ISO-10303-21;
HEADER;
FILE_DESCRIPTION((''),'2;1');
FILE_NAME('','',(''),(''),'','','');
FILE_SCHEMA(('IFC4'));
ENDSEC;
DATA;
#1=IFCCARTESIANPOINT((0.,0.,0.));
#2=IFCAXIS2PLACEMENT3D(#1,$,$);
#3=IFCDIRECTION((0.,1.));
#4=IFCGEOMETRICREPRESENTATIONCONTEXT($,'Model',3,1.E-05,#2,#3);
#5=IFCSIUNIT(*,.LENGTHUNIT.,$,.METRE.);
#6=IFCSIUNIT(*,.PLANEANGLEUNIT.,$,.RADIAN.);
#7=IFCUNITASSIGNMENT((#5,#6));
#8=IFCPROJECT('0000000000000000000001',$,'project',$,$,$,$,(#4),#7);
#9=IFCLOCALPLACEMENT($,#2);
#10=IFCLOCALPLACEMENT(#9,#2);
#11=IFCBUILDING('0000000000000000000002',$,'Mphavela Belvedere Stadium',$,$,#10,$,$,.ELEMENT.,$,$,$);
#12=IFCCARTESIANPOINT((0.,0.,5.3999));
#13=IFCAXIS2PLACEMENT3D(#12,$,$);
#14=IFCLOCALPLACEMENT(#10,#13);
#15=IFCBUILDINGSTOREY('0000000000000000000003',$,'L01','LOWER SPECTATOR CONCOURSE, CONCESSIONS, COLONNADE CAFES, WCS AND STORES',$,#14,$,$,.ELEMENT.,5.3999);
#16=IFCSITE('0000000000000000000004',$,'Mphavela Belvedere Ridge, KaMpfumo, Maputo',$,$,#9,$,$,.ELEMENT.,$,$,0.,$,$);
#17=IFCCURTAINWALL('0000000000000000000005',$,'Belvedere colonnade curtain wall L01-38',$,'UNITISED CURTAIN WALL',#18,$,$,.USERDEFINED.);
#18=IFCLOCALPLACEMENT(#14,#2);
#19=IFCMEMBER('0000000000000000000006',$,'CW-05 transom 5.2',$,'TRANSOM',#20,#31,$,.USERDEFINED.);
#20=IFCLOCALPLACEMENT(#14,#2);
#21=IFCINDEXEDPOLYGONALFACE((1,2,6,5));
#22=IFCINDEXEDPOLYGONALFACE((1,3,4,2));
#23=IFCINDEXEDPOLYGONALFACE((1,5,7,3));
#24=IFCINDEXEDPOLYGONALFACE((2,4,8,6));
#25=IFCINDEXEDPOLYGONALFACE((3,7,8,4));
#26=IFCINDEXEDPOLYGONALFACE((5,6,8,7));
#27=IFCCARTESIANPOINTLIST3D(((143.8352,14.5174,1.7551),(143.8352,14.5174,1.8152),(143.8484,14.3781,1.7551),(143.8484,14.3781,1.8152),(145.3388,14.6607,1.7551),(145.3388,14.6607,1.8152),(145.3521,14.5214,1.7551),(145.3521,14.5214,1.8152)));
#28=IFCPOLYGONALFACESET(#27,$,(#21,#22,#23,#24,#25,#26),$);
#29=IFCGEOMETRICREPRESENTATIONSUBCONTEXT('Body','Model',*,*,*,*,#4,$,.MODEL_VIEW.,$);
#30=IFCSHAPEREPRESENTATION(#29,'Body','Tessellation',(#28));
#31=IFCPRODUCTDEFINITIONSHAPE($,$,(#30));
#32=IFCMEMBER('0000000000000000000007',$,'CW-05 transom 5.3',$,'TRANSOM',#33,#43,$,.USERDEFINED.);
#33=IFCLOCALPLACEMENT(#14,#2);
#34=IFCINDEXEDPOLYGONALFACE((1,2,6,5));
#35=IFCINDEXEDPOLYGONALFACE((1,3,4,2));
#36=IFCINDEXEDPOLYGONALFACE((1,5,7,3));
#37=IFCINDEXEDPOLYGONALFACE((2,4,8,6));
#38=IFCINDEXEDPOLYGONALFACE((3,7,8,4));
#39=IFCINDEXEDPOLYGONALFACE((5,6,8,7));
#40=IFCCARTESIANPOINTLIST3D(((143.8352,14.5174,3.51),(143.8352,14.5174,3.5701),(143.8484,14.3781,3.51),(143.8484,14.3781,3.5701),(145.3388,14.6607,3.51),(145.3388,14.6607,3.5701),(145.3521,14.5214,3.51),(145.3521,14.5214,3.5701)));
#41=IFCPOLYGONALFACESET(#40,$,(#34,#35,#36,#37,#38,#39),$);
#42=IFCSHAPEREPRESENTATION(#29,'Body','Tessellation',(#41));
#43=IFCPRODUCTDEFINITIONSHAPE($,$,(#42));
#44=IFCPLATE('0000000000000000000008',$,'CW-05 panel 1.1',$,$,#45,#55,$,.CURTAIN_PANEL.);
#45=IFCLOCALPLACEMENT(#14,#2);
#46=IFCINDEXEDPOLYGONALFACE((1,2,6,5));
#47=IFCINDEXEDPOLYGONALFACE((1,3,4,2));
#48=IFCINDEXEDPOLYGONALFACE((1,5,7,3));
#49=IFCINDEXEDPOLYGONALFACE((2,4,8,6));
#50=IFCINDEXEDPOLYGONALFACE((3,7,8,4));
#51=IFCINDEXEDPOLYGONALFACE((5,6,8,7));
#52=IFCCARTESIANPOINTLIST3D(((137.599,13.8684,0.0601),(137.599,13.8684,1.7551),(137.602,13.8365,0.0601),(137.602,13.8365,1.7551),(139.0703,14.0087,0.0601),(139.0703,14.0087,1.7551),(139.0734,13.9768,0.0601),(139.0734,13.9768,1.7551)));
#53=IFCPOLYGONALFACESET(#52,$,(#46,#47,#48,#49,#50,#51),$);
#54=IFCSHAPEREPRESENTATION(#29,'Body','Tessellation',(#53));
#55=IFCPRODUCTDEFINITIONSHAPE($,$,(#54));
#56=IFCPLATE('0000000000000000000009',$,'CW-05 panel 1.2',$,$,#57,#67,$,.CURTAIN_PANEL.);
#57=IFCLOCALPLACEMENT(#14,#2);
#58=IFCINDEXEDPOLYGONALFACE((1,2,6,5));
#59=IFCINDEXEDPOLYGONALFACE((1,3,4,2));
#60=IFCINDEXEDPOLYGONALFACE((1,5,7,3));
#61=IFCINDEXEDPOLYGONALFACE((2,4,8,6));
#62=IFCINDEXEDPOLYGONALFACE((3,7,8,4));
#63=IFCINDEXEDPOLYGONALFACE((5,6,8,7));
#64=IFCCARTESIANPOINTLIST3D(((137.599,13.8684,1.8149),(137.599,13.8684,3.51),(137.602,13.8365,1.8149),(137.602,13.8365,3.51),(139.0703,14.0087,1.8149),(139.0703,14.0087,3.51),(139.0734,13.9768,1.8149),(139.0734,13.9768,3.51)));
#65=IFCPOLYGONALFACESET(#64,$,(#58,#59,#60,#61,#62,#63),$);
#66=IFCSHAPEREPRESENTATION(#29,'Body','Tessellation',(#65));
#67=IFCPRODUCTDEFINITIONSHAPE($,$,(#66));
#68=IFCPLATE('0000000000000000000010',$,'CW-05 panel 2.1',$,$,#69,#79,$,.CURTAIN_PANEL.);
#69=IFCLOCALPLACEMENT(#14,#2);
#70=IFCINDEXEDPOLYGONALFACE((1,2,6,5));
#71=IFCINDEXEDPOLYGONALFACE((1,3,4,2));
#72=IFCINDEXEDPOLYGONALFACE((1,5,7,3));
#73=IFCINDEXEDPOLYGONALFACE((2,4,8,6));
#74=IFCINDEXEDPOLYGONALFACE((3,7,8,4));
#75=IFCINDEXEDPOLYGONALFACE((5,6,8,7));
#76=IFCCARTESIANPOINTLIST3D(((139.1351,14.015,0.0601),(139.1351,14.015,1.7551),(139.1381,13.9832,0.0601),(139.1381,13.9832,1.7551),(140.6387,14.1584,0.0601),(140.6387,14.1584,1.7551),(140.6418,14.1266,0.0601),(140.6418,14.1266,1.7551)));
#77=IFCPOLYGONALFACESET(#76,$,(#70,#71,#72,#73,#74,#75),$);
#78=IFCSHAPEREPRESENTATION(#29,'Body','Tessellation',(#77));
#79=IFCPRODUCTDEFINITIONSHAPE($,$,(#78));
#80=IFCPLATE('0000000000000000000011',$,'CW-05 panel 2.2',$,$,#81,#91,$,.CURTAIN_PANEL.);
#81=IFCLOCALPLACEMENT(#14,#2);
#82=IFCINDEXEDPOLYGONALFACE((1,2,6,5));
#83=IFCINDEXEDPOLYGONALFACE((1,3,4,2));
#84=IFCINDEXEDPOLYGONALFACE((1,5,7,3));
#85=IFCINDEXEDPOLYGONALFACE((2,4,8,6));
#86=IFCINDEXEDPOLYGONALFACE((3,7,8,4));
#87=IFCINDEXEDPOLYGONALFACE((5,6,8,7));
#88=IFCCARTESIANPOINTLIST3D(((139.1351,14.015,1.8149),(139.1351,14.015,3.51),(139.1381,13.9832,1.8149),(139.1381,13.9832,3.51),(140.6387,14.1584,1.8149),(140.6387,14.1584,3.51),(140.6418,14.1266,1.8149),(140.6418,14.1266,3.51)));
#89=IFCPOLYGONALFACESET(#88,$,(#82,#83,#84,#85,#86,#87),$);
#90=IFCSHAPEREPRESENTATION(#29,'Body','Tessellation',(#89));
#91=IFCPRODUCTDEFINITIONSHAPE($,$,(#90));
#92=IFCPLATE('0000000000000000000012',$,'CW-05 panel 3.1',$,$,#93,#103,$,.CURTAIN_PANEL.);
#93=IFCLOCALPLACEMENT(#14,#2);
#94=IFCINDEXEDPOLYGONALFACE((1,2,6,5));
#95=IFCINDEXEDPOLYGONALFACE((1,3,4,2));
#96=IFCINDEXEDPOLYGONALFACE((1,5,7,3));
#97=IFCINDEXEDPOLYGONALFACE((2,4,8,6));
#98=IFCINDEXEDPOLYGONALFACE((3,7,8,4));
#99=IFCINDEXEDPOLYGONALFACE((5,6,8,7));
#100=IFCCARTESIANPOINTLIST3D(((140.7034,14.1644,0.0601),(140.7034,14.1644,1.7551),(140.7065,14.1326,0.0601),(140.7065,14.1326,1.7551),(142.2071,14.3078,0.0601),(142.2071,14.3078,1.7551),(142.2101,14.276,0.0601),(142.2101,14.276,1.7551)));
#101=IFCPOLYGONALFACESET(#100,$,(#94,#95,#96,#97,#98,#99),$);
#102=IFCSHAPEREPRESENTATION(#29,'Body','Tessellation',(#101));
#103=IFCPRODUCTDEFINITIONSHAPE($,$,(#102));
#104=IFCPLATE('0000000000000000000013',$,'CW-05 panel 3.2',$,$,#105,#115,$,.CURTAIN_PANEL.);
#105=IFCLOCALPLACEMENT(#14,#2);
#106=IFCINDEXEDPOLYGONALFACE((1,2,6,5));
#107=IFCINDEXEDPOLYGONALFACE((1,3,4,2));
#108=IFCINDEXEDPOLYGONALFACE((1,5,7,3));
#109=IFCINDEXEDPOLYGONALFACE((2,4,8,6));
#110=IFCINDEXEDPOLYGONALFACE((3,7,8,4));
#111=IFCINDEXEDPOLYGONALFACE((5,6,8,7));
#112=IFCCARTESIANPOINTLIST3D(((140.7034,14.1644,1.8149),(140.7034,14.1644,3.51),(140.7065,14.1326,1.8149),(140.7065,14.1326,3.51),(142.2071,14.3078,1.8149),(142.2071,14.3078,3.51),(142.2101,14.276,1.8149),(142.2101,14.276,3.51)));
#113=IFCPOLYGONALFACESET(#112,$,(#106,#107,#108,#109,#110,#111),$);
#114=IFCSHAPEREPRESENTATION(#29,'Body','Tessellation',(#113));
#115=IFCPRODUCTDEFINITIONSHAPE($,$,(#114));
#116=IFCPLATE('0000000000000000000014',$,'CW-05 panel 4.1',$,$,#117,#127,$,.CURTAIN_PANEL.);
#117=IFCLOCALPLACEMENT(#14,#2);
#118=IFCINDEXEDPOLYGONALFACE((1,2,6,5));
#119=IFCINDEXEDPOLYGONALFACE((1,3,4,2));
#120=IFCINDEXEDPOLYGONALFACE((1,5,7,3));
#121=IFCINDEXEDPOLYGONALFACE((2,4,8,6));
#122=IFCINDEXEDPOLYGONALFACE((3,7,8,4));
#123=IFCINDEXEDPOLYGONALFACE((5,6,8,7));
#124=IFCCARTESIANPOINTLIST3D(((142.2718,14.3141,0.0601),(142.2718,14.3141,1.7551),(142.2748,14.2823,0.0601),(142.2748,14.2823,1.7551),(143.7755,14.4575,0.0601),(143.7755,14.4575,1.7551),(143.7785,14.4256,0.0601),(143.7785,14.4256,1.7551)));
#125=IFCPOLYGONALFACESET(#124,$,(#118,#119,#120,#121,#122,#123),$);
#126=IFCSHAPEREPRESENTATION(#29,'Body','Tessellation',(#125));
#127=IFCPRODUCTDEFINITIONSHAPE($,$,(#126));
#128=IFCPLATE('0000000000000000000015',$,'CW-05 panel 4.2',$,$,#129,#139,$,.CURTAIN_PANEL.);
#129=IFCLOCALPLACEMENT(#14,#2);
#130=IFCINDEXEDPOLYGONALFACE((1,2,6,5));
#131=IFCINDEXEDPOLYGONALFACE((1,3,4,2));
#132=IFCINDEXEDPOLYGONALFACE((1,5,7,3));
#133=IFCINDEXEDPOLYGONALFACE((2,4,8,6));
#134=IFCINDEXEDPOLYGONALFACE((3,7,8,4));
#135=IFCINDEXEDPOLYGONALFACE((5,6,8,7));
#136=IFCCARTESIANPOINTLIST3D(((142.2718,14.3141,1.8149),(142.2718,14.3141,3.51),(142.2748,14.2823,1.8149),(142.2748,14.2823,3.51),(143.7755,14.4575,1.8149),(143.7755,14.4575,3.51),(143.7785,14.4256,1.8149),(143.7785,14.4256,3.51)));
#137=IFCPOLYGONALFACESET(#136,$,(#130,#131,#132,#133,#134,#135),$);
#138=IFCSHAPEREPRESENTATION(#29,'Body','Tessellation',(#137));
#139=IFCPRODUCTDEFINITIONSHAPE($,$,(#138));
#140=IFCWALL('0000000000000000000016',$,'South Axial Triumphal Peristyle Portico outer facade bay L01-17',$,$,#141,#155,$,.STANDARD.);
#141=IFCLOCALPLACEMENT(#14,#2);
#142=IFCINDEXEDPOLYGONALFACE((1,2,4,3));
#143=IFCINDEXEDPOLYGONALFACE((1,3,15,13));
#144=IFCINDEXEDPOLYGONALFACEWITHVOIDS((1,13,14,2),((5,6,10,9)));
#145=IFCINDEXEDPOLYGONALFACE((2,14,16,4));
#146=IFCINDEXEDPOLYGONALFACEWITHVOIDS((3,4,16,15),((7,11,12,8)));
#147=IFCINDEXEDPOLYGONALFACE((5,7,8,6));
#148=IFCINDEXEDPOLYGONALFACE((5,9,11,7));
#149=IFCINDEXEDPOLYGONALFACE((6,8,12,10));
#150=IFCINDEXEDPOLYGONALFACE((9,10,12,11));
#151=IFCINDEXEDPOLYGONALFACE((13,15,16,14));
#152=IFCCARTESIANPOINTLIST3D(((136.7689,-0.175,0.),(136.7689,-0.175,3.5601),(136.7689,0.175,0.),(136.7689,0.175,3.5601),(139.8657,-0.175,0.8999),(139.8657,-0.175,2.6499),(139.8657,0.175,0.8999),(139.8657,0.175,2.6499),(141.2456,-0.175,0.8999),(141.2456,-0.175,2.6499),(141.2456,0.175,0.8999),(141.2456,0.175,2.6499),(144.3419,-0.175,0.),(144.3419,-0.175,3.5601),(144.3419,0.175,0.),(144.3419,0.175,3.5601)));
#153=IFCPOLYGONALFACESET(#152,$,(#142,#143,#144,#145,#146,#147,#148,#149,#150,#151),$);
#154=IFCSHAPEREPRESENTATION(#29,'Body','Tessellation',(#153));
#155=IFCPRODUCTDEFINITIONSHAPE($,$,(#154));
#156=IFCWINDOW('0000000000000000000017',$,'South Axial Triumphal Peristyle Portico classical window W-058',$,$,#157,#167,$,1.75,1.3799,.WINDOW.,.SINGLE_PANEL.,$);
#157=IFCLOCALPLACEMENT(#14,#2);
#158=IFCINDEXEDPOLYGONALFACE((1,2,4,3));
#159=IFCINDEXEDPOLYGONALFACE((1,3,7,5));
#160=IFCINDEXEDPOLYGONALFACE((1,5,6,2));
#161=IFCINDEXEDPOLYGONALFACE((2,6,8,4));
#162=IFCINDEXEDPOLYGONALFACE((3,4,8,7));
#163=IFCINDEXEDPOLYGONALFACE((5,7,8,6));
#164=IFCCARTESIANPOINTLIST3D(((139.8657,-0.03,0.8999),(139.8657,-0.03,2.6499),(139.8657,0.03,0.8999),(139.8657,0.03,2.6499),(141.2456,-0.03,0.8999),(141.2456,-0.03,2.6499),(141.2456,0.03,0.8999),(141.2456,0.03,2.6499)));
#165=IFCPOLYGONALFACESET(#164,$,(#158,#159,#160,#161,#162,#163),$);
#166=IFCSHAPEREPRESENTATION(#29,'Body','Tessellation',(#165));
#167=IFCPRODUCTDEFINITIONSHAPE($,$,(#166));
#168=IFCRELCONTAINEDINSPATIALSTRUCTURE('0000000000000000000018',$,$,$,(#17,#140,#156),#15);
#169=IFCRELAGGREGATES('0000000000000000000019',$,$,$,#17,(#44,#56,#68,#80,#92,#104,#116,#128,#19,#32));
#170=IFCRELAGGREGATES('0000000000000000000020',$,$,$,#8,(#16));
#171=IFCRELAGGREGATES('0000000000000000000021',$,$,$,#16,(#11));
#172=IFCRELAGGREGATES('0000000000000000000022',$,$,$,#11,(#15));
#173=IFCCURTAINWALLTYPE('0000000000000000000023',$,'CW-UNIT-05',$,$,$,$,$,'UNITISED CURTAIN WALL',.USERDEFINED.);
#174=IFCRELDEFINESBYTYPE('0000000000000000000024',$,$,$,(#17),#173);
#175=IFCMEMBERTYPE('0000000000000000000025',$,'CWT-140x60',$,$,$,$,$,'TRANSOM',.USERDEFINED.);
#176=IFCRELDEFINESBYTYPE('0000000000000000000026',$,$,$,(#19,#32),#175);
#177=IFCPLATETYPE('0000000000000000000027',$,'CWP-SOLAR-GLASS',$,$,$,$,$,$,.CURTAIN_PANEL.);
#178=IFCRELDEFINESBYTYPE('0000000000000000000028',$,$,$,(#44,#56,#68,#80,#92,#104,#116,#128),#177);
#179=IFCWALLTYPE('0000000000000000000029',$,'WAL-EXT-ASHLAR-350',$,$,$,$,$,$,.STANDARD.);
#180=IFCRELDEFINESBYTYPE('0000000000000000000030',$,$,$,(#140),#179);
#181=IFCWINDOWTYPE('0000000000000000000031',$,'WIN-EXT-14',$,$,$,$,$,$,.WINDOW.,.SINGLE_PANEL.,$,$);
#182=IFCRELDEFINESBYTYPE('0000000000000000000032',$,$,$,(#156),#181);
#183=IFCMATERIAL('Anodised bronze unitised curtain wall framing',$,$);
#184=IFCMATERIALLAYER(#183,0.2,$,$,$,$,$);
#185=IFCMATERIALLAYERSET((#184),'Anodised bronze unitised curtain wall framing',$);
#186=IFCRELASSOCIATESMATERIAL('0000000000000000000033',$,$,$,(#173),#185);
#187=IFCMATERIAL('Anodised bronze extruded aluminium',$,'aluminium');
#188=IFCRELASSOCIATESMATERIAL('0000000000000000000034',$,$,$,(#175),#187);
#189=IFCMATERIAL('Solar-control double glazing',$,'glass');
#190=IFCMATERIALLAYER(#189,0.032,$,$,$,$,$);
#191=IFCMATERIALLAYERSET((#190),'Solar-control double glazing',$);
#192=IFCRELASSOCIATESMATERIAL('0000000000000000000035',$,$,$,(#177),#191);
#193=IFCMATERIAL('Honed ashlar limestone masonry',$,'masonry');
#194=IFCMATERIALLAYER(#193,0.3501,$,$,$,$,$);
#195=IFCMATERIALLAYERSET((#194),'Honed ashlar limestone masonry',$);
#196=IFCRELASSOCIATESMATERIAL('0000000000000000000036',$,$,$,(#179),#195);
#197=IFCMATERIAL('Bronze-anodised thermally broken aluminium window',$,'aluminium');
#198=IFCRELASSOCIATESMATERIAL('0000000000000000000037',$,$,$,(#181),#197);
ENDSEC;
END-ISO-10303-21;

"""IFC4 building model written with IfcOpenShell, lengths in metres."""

from ifc_helpers import new_model, si_unit, direction, frame, frame_2d, origin, origin_2d, place, context, subcontext, project, spatial, rectangle, extrude, material, layer, layer_set, material_profile, profile_set, type_object, element, fill, aggregate, save


model = new_model("IFC4")

# Units and contexts
model_context = context("Model", 3, precision=1e-05, world=origin(), true_north=direction((0.0, 1.0)))
body_context = subcontext(model_context, "Body", "Model", "MODEL_VIEW")
ifc_project = project(units=[si_unit("LENGTHUNIT", "METRE"), si_unit("PLANEANGLEUNIT", "RADIAN")], contexts=[model_context])

# Site, building, storey
site_placement = place(None, origin())
site = spatial("IfcSite", under=ifc_project, at=site_placement, Name="Mphavela Belvedere Ridge, KaMpfumo, Maputo", CompositionType="ELEMENT", RefElevation=0.0)
building_placement = place(site_placement, origin())
building = spatial("IfcBuilding", under=site, at=building_placement, Name="Mphavela Belvedere Stadium", CompositionType="ELEMENT")
storey_placement = place(building_placement, frame((0.0, 0.0, 5.3999)))
storey = spatial("IfcBuildingStorey", under=building, at=storey_placement, Name="L01", Description="LOWER SPECTATOR CONCOURSE, CONCESSIONS, COLONNADE CAFES, WCS AND STORES", CompositionType="ELEMENT", Elevation=5.3999)

# Curtain wall, members, plates
ifc_material_1 = material(Name="Anodised bronze unitised curtain wall framing")
ifc_layer_1 = layer(ifc_material_1, 0.2)
ifc_layer_set_1 = layer_set([ifc_layer_1], Name="Anodised bronze unitised curtain wall framing")
curtain_wall_type = type_object("IfcCurtainWallType", Name="CW-UNIT-05", ElementType="UNITISED CURTAIN WALL", PredefinedType="USERDEFINED", material=ifc_layer_set_1)
curtain_wall_placement = place(storey_placement, origin())
curtain_wall = element("IfcCurtainWall", 1, at=curtain_wall_placement, inside=storey, type_object=curtain_wall_type, Name="Belvedere colonnade curtain wall L01-38", ObjectType="UNITISED CURTAIN WALL", PredefinedType="USERDEFINED")
ifc_material_2 = material(Name="Anodised bronze extruded aluminium", Category="aluminium")
ifc_material_profile_1 = material_profile(ifc_material_2, rectangle(XDim=0.1399, YDim=0.0601, at=origin_2d()), Name="CW-TRN 140x60")
ifc_profile_set_1 = profile_set([ifc_material_profile_1], Name="Anodised bronze extruded aluminium")
member_type_1 = type_object("IfcMemberType", Name="CWT-140x60", ElementType="TRANSOM", PredefinedType="USERDEFINED", material=ifc_profile_set_1)
member_1_placement = place(storey_placement, frame((143.8418, 14.4478, 1.7852), z_axis=(0.995489, 0.094878, 0.0), x_axis=(-0.094878, 0.995489, 0.0)))
member_1 = element("IfcMember", 2, at=member_1_placement, type_object=member_type_1, Name="CW-05 transom 5.2", ObjectType="TRANSOM", PredefinedType="USERDEFINED", context=body_context, shape_type="SweptSolid", body=[
    extrude(rectangle(XDim=0.1399, YDim=0.0601, at=origin_2d()), origin(), (0.0, 0.0, 1.0), 1.5105),
])
member_2_placement = place(storey_placement, frame((143.8418, 14.4478, 3.54), z_axis=(0.995489, 0.094878, 0.0), x_axis=(-0.094878, 0.995489, 0.0)))
member_2 = element("IfcMember", 3, at=member_2_placement, type_object=member_type_1, Name="CW-05 transom 5.3", ObjectType="TRANSOM", PredefinedType="USERDEFINED", context=body_context, shape_type="SweptSolid", body=[
    extrude(rectangle(XDim=0.1399, YDim=0.0601, at=origin_2d()), origin(), (0.0, 0.0, 1.0), 1.5105),
])
ifc_material_3 = material(Name="Solar-control double glazing", Category="glass")
ifc_layer_2 = layer(ifc_material_3, 0.032)
ifc_layer_set_2 = layer_set([ifc_layer_2], Name="Solar-control double glazing")
plate_type = type_object("IfcPlateType", Name="CWP-SOLAR-GLASS", PredefinedType="CURTAIN_PANEL", material=ifc_layer_set_2)
plate_1_placement = place(storey_placement, frame((138.3362, 13.9226, 0.0601), z_axis=(0.0, 0.0, 1.0), x_axis=(0.995485, 0.094922, 0.0)))
plate_1 = element("IfcPlate", 4, at=plate_1_placement, type_object=plate_type, Name="CW-05 panel 1.1", PredefinedType="CURTAIN_PANEL", context=body_context, shape_type="SweptSolid", body=[
    extrude(rectangle(XDim=1.478, YDim=0.032, at=origin_2d()), origin(), (0.0, 0.0, 1.0), 1.6951),
])
plate_2_placement = place(storey_placement, frame((138.3362, 13.9226, 1.8149), z_axis=(0.0, 0.0, 1.0), x_axis=(0.995485, 0.094922, 0.0)))
plate_2 = element("IfcPlate", 5, at=plate_2_placement, type_object=plate_type, Name="CW-05 panel 1.2", PredefinedType="CURTAIN_PANEL", context=body_context, shape_type="SweptSolid", body=[
    extrude(rectangle(XDim=1.478, YDim=0.032, at=origin_2d()), origin(), (0.0, 0.0, 1.0), 1.6951),
])
plate_3_placement = place(storey_placement, frame((139.8884, 14.0708, 0.0601), z_axis=(0.0, 0.0, 1.0), x_axis=(0.995485, 0.094922, 0.0)))
plate_3 = element("IfcPlate", 6, at=plate_3_placement, type_object=plate_type, Name="CW-05 panel 2.1", PredefinedType="CURTAIN_PANEL", context=body_context, shape_type="SweptSolid", body=[
    extrude(rectangle(XDim=1.5105, YDim=0.032, at=origin_2d()), origin(), (0.0, 0.0, 1.0), 1.6951),
])
plate_4_placement = place(storey_placement, frame((139.8884, 14.0708, 1.8149), z_axis=(0.0, 0.0, 1.0), x_axis=(0.995485, 0.094922, 0.0)))
plate_4 = element("IfcPlate", 7, at=plate_4_placement, type_object=plate_type, Name="CW-05 panel 2.2", PredefinedType="CURTAIN_PANEL", context=body_context, shape_type="SweptSolid", body=[
    extrude(rectangle(XDim=1.5105, YDim=0.032, at=origin_2d()), origin(), (0.0, 0.0, 1.0), 1.6951),
])
plate_5_placement = place(storey_placement, frame((141.4568, 14.2202, 0.0601), z_axis=(0.0, 0.0, 1.0), x_axis=(0.995485, 0.094922, 0.0)))
plate_5 = element("IfcPlate", 8, at=plate_5_placement, type_object=plate_type, Name="CW-05 panel 3.1", PredefinedType="CURTAIN_PANEL", context=body_context, shape_type="SweptSolid", body=[
    extrude(rectangle(XDim=1.5105, YDim=0.032, at=origin_2d()), origin(), (0.0, 0.0, 1.0), 1.6951),
])
plate_6_placement = place(storey_placement, frame((141.4568, 14.2202, 1.8149), z_axis=(0.0, 0.0, 1.0), x_axis=(0.995485, 0.094922, 0.0)))
plate_6 = element("IfcPlate", 9, at=plate_6_placement, type_object=plate_type, Name="CW-05 panel 3.2", PredefinedType="CURTAIN_PANEL", context=body_context, shape_type="SweptSolid", body=[
    extrude(rectangle(XDim=1.5105, YDim=0.032, at=origin_2d()), origin(), (0.0, 0.0, 1.0), 1.6951),
])
plate_7_placement = place(storey_placement, frame((143.0251, 14.3699, 0.0601), z_axis=(0.0, 0.0, 1.0), x_axis=(0.995485, 0.094922, 0.0)))
plate_7 = element("IfcPlate", 10, at=plate_7_placement, type_object=plate_type, Name="CW-05 panel 4.1", PredefinedType="CURTAIN_PANEL", context=body_context, shape_type="SweptSolid", body=[
    extrude(rectangle(XDim=1.5105, YDim=0.032, at=origin_2d()), origin(), (0.0, 0.0, 1.0), 1.6951),
])
plate_8_placement = place(storey_placement, frame((143.0251, 14.3699, 1.8149), z_axis=(0.0, 0.0, 1.0), x_axis=(0.995485, 0.094922, 0.0)))
plate_8 = element("IfcPlate", 11, at=plate_8_placement, type_object=plate_type, Name="CW-05 panel 4.2", PredefinedType="CURTAIN_PANEL", context=body_context, shape_type="SweptSolid", body=[
    extrude(rectangle(XDim=1.5105, YDim=0.032, at=origin_2d()), origin(), (0.0, 0.0, 1.0), 1.6951),
])
aggregate(curtain_wall, [plate_1, plate_2, plate_3, plate_4, plate_5, plate_6, plate_7, plate_8, member_1, member_2])

# Wall, opening, window
ifc_material_4 = material(Name="Honed ashlar limestone masonry", Category="masonry")
ifc_layer_3 = layer(ifc_material_4, 0.3501)
ifc_layer_set_3 = layer_set([ifc_layer_3], Name="Honed ashlar limestone masonry")
wall_type = type_object("IfcWallType", Name="WAL-EXT-ASHLAR-350", PredefinedType="STANDARD", material=ifc_layer_set_3)
wall_placement = place(storey_placement, frame((144.342, 0.0, 0.0), z_axis=(0.0, 0.0, 1.0), x_axis=(-1.0, 0.0, 0.0)))
wall = element("IfcWall", 12, at=wall_placement, inside=storey, type_object=wall_type, Name="South Axial Triumphal Peristyle Portico outer facade bay L01-17", PredefinedType="STANDARD", context=body_context, shape_type="SweptSolid", body=[
    extrude(rectangle(XDim=7.573, YDim=0.3501, at=frame_2d((3.7866, 0.0))), origin(), (0.0, 0.0, 1.0), 3.5601),
])
opening_placement = place(wall_placement, frame((3.0964, 0.0, 0.8999)))
opening = element("IfcOpeningElement", 13, at=opening_placement, cuts=wall, PredefinedType="OPENING", context=body_context, shape_type="SweptSolid", body=[
    extrude(rectangle(XDim=1.3799, YDim=1.75, at=frame_2d((0.6899, 0.875))), frame((0.0, 0.1851, 0.0), z_axis=(0.0, -1.0, 0.0), x_axis=(1.0, 0.0, 0.0)), (0.0, 0.0, 1.0), 0.3701),
])
ifc_material_5 = material(Name="Bronze-anodised thermally broken aluminium window", Category="aluminium")
window_type = type_object("IfcWindowType", Name="WIN-EXT-14", PartitioningType="SINGLE_PANEL", PredefinedType="WINDOW", material=ifc_material_5)
window_placement = place(opening_placement, origin())
window = element("IfcWindow", 14, at=window_placement, inside=storey, type_object=window_type, Name="South Axial Triumphal Peristyle Portico classical window W-058", OverallHeight=1.75, OverallWidth=1.3799, PartitioningType="SINGLE_PANEL", PredefinedType="WINDOW", context=body_context, shape_type="SweptSolid", body=[
    extrude(rectangle(XDim=1.3799, YDim=1.75, at=frame_2d((0.6899, 0.875))), frame((0.0, 0.03, 0.0), z_axis=(0.0, -1.0, 0.0), x_axis=(1.0, 0.0, 0.0)), (0.0, 0.0, 1.0), 0.0601),
])
fill(opening, window)

save(model, "model.ifc")
